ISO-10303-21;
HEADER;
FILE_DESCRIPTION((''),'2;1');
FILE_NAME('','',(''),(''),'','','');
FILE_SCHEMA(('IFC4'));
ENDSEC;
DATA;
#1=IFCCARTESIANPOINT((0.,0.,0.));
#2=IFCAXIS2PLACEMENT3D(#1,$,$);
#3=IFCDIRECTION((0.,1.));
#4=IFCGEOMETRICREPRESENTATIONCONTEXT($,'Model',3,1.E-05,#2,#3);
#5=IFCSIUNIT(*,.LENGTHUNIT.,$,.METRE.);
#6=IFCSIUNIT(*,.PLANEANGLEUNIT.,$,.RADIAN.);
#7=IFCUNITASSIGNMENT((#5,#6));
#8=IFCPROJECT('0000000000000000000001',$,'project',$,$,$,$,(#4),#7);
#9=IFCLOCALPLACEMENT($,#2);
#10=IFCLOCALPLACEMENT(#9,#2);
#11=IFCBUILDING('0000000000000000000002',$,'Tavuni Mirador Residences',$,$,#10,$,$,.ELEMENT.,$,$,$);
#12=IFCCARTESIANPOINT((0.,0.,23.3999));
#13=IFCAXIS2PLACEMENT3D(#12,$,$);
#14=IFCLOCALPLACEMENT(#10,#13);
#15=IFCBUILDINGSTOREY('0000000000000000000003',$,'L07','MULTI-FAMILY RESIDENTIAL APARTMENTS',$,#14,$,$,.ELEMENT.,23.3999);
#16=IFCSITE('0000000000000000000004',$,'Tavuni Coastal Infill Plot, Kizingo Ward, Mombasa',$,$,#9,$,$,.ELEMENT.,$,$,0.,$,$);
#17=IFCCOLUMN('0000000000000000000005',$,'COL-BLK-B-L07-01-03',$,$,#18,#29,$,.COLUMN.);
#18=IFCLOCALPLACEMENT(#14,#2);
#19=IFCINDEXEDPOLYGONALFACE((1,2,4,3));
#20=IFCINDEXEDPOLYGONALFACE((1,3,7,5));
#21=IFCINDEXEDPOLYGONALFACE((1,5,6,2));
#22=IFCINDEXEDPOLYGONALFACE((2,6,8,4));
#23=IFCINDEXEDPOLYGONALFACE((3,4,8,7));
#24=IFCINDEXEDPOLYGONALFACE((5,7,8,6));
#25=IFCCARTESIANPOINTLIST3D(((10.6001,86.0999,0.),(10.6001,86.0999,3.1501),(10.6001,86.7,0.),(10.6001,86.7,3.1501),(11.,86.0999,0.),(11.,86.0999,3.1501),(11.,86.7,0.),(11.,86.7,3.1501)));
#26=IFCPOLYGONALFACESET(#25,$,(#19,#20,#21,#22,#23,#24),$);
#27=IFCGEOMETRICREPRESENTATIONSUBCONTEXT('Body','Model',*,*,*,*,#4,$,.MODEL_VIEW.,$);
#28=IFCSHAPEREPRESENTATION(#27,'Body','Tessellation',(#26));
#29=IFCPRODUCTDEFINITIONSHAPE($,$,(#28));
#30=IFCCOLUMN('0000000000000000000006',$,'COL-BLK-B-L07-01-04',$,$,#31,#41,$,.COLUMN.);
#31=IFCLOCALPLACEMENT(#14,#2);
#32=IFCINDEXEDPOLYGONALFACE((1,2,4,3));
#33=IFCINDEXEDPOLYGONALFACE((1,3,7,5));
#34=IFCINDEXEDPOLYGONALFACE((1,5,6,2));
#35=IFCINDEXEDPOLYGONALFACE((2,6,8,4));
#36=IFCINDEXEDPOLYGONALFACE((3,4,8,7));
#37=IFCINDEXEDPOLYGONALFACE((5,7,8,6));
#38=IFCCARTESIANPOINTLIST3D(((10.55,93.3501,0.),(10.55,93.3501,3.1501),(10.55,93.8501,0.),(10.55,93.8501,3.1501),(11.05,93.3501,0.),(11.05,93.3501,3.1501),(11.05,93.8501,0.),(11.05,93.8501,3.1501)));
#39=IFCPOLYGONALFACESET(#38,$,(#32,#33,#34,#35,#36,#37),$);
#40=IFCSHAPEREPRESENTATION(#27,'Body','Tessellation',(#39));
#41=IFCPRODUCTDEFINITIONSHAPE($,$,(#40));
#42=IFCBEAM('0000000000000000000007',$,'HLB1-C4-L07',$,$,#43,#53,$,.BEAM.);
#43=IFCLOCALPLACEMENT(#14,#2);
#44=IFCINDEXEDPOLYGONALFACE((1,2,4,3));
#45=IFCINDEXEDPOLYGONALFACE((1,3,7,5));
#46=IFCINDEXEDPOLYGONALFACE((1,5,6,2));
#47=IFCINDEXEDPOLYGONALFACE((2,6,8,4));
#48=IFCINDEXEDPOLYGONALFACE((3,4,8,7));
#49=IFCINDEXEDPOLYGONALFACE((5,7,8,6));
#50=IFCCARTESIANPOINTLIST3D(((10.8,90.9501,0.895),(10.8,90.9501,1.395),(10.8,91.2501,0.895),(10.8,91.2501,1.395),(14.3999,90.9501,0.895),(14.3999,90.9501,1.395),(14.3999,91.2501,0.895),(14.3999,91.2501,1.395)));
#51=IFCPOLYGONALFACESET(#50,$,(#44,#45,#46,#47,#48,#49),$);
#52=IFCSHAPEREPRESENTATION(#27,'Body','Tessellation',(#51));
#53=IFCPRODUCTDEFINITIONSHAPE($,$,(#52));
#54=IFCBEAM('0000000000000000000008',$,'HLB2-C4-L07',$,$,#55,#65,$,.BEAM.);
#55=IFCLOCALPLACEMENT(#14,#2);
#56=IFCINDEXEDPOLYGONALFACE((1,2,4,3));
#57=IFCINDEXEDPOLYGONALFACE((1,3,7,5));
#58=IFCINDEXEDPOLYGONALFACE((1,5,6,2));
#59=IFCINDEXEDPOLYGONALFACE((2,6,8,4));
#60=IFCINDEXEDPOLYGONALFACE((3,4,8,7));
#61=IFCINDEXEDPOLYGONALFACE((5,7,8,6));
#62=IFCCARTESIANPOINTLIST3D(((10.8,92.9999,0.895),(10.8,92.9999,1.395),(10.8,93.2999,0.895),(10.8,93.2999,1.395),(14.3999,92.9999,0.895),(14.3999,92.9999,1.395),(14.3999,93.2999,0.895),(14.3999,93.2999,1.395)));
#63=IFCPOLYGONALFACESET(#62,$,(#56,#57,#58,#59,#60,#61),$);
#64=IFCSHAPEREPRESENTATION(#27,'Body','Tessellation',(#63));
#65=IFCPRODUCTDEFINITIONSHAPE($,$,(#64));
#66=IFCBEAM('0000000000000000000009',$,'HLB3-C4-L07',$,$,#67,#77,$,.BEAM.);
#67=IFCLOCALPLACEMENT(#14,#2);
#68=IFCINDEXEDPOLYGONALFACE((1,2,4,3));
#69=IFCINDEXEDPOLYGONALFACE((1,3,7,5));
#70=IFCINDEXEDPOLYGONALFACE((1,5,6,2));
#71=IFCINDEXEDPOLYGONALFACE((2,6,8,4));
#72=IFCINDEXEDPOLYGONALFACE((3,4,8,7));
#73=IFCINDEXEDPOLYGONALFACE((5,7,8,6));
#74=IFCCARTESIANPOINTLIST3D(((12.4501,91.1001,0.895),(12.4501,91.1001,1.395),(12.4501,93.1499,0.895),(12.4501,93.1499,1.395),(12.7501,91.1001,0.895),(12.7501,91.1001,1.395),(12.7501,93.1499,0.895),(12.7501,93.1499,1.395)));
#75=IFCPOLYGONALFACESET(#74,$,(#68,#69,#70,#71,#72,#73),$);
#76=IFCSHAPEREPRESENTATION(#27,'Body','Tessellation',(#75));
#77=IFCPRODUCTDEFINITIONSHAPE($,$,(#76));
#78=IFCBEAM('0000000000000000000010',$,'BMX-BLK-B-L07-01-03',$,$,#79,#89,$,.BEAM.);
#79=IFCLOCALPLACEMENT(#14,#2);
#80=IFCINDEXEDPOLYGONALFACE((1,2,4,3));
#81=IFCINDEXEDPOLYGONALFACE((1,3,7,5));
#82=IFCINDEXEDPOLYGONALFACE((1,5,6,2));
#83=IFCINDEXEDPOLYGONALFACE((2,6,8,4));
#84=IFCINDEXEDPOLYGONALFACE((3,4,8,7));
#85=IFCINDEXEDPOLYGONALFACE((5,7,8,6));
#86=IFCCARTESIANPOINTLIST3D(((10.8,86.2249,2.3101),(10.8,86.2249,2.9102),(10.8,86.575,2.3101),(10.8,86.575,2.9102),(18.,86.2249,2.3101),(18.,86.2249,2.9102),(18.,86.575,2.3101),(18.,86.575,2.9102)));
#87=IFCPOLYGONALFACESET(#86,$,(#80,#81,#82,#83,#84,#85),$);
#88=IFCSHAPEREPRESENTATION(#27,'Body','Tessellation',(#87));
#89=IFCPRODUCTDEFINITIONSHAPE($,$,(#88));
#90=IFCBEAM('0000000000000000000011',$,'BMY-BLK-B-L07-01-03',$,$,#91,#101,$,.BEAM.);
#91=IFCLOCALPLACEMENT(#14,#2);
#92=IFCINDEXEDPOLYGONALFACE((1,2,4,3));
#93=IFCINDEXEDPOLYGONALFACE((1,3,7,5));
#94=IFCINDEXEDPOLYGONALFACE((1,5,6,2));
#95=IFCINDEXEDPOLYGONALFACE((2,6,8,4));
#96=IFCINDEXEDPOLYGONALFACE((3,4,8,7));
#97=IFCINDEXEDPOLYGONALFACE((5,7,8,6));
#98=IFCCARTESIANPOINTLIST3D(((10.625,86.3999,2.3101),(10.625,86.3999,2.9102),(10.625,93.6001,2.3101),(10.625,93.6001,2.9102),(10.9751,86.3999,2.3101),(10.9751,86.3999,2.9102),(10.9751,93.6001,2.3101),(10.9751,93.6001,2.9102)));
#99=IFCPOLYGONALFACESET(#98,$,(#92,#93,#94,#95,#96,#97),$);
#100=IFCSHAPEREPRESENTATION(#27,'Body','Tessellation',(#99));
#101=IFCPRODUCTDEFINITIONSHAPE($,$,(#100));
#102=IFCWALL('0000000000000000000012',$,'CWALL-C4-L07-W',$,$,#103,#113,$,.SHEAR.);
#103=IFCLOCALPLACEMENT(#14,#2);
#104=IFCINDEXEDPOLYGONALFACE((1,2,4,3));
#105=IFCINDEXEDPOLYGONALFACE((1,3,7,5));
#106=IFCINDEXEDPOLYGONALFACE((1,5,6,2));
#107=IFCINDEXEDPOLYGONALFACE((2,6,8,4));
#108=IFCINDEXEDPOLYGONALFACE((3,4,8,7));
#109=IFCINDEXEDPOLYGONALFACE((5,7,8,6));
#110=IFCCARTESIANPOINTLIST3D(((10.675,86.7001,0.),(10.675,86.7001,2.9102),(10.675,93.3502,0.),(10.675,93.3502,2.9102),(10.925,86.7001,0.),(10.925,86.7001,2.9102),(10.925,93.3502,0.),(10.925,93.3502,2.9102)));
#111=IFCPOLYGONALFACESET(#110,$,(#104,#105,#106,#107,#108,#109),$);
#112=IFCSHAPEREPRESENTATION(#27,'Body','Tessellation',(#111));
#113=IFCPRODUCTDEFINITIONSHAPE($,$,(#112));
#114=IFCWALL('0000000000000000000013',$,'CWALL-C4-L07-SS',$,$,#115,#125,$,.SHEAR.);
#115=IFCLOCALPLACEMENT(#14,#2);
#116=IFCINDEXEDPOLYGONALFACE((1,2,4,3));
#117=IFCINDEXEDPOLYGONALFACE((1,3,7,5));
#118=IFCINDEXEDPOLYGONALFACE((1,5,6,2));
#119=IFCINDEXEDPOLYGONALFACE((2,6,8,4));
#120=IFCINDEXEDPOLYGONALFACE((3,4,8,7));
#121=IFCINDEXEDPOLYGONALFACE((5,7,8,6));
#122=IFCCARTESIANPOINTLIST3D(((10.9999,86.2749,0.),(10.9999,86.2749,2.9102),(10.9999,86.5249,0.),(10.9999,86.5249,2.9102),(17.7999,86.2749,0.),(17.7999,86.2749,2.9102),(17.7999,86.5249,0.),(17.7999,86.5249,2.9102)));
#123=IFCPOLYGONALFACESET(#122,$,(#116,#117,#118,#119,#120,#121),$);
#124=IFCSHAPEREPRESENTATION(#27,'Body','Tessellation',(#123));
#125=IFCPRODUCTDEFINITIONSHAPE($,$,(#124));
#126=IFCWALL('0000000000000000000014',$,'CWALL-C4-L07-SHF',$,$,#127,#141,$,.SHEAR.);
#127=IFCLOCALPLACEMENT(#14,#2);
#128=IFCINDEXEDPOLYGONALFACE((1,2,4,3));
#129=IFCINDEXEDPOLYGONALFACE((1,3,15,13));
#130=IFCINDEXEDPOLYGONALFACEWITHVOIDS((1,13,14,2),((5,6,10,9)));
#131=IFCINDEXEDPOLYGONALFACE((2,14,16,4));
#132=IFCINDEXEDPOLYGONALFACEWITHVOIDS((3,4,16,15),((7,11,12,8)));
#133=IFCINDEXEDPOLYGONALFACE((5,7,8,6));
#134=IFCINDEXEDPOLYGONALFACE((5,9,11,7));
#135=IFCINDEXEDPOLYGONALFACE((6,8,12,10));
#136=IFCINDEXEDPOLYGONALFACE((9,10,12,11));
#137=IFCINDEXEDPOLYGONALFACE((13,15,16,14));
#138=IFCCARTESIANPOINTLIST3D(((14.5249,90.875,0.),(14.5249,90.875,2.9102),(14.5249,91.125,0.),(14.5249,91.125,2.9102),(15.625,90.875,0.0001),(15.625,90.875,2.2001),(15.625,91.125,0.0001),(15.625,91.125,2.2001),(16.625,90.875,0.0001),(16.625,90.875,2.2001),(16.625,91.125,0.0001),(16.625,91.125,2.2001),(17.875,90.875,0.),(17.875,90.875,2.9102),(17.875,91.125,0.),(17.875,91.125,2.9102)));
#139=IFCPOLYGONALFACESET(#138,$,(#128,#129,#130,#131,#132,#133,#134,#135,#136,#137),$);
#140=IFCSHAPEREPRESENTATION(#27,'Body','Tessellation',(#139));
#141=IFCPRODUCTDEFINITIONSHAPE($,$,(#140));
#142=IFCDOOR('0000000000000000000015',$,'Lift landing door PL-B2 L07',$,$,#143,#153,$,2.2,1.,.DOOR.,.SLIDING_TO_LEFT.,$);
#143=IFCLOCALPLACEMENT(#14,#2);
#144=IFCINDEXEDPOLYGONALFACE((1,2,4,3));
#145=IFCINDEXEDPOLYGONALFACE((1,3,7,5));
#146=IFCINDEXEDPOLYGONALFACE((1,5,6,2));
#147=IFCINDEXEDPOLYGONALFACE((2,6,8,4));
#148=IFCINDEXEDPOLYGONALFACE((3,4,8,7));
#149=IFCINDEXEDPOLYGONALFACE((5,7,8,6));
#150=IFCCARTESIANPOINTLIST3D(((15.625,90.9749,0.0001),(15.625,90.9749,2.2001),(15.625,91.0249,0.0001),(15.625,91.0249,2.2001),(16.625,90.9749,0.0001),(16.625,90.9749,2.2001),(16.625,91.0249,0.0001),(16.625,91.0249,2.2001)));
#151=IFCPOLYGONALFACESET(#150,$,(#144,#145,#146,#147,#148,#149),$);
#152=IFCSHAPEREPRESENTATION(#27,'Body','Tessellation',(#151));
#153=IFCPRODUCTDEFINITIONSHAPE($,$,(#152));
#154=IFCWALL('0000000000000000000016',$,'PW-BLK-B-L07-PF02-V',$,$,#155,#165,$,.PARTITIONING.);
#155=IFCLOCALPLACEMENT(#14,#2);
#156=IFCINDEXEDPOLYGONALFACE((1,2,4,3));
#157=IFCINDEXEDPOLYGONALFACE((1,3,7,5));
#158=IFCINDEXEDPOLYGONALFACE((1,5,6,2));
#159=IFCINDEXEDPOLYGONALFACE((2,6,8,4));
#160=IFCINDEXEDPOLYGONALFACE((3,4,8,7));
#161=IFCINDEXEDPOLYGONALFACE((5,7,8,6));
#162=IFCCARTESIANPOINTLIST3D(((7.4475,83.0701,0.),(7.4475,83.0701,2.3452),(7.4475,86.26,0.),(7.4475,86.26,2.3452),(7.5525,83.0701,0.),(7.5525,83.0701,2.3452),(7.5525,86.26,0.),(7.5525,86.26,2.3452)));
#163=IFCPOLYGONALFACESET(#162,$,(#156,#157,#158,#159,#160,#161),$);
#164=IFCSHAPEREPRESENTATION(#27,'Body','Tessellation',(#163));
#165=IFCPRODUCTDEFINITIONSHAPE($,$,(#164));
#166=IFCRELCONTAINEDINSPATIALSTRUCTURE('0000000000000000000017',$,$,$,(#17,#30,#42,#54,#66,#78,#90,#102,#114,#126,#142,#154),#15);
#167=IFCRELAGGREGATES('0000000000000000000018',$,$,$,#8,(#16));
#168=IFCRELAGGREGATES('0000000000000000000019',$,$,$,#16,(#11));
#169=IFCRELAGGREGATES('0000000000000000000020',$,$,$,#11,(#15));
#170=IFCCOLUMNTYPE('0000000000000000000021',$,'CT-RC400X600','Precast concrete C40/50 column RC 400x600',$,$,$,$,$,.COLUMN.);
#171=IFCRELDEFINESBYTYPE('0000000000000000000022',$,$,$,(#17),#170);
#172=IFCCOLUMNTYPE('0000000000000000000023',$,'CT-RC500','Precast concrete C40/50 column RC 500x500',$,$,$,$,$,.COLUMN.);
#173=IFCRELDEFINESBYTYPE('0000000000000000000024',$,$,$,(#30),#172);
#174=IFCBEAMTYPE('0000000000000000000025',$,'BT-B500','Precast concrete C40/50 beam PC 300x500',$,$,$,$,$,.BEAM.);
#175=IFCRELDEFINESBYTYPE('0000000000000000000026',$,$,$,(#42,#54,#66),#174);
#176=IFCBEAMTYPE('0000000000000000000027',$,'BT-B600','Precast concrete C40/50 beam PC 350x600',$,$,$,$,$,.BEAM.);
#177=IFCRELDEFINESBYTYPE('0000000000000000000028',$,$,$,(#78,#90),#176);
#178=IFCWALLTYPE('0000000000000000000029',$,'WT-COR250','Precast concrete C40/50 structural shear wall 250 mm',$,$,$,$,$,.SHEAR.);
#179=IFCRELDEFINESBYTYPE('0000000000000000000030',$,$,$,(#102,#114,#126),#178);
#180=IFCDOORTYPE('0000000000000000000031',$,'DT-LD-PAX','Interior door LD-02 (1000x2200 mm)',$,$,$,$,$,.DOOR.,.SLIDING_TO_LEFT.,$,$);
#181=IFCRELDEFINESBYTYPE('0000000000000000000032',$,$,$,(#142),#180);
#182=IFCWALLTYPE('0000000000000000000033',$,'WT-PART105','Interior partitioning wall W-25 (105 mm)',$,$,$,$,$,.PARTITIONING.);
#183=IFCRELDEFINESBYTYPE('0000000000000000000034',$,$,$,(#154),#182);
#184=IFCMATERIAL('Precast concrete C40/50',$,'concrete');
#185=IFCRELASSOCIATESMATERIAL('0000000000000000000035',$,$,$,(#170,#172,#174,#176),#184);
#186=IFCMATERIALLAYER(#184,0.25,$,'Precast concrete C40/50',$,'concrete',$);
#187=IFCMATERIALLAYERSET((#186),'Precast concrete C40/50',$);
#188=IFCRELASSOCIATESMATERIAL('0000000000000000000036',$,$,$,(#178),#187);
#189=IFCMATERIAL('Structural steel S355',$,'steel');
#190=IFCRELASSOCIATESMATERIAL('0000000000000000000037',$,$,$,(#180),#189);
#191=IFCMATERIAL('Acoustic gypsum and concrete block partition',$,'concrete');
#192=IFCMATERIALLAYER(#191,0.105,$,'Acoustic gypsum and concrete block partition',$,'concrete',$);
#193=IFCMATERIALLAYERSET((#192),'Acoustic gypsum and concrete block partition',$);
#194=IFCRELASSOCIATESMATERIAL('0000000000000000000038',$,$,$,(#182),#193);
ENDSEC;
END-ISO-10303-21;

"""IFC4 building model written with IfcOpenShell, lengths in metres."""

from ifc_helpers import new_model, si_unit, direction, frame, frame_2d, origin, origin_2d, place, context, subcontext, project, spatial, rectangle, extrude, material, layer, layer_set, material_profile, profile_set, type_object, element, fill, save


model = new_model("IFC4")

# Units and contexts
model_context = context("Model", 3, precision=1e-05, world=origin(), true_north=direction((0.0, 1.0)))
body_context = subcontext(model_context, "Body", "Model", "MODEL_VIEW")
ifc_project = project(units=[si_unit("LENGTHUNIT", "METRE"), si_unit("PLANEANGLEUNIT", "RADIAN")], contexts=[model_context])

# Site, building, storey
site_placement = place(None, origin())
site = spatial("IfcSite", under=ifc_project, at=site_placement, Name="Tavuni Coastal Infill Plot, Kizingo Ward, Mombasa", CompositionType="ELEMENT", RefElevation=0.0)
building_placement = place(site_placement, origin())
building = spatial("IfcBuilding", under=site, at=building_placement, Name="Tavuni Mirador Residences", CompositionType="ELEMENT")
storey_placement = place(building_placement, frame((0.0, 0.0, 23.3999)))
storey = spatial("IfcBuildingStorey", under=building, at=storey_placement, Name="L07", Description="MULTI-FAMILY RESIDENTIAL APARTMENTS", CompositionType="ELEMENT", Elevation=23.3999)

# Columns
ifc_material_1 = material(Name="Precast concrete C40/50", Category="concrete")
ifc_material_profile_1 = material_profile(ifc_material_1, rectangle(XDim=0.3999, YDim=0.6001, at=origin_2d()), Name="RC 400x600", Category="concrete")
ifc_profile_set_1 = profile_set([ifc_material_profile_1], Name="Precast concrete C40/50")
column_type_1 = type_object("IfcColumnType", Name="CT-RC400X600", Description="Precast concrete C40/50 column RC 400x600", PredefinedType="COLUMN", material=ifc_profile_set_1)
column_1_placement = place(storey_placement, frame((10.8, 86.3999, 0.0), z_axis=(0.0, 0.0, 1.0), x_axis=(1.0, 0.0, 0.0)))
element("IfcColumn", 1, at=column_1_placement, inside=storey, type_object=column_type_1, Name="COL-BLK-B-L07-01-03", PredefinedType="COLUMN", context=body_context, shape_type="SweptSolid", body=[
    extrude(rectangle(XDim=0.3999, YDim=0.6001, at=origin_2d()), origin(), (0.0, 0.0, 1.0), 3.1501),
])
ifc_material_profile_2 = material_profile(ifc_material_1, rectangle(XDim=0.5, YDim=0.5, at=origin_2d()), Name="RC 500x500", Category="concrete")
ifc_profile_set_2 = profile_set([ifc_material_profile_2], Name="Precast concrete C40/50")
column_type_2 = type_object("IfcColumnType", Name="CT-RC500", Description="Precast concrete C40/50 column RC 500x500", PredefinedType="COLUMN", material=ifc_profile_set_2)
column_2_placement = place(storey_placement, frame((10.8, 93.6001, 0.0), z_axis=(0.0, 0.0, 1.0), x_axis=(1.0, 0.0, 0.0)))
element("IfcColumn", 2, at=column_2_placement, inside=storey, type_object=column_type_2, Name="COL-BLK-B-L07-01-04", PredefinedType="COLUMN", context=body_context, shape_type="SweptSolid", body=[
    extrude(rectangle(XDim=0.5, YDim=0.5, at=origin_2d()), origin(), (0.0, 0.0, 1.0), 3.1501),
])

# Beams
ifc_material_profile_3 = material_profile(ifc_material_1, rectangle(XDim=0.3, YDim=0.5, at=origin_2d()), Name="PC 300x500", Category="concrete")
ifc_profile_set_3 = profile_set([ifc_material_profile_3], Name="Precast concrete C40/50")
beam_type_1 = type_object("IfcBeamType", Name="BT-B500", Description="Precast concrete C40/50 beam PC 300x500", PredefinedType="BEAM", material=ifc_profile_set_3)
for number, where, z_axis, x_axis, name in (
    (3, (10.8, 91.1001, 1.145), (1.0, 0.0, 0.0), (0.0, 1.0, 0.0), "HLB1-C4-L07"),
    (4, (10.8, 93.1499, 1.145), (1.0, 0.0, 0.0), (0.0, 1.0, 0.0), "HLB2-C4-L07"),
):
    element("IfcBeam", number, at=place(storey_placement, frame(where, z_axis=z_axis, x_axis=x_axis)), inside=storey, type_object=beam_type_1, Name=name, PredefinedType="BEAM", context=body_context, shape_type="SweptSolid", body=[
        extrude(rectangle(XDim=0.3, YDim=0.5, at=origin_2d()), origin(), (0.0, 0.0, 1.0), 3.5999),
    ])
beam_1_placement = place(storey_placement, frame((12.6001, 91.1001, 1.145), z_axis=(0.0, 1.0, 0.0), x_axis=(-1.0, 0.0, 0.0)))
element("IfcBeam", 5, at=beam_1_placement, inside=storey, type_object=beam_type_1, Name="HLB3-C4-L07", PredefinedType="BEAM", context=body_context, shape_type="SweptSolid", body=[
    extrude(rectangle(XDim=0.3, YDim=0.5, at=origin_2d()), origin(), (0.0, 0.0, 1.0), 2.0498),
])
ifc_material_profile_4 = material_profile(ifc_material_1, rectangle(XDim=0.3501, YDim=0.6001, at=origin_2d()), Name="PC 350x600", Category="concrete")
ifc_profile_set_4 = profile_set([ifc_material_profile_4], Name="Precast concrete C40/50")
beam_type_2 = type_object("IfcBeamType", Name="BT-B600", Description="Precast concrete C40/50 beam PC 350x600", PredefinedType="BEAM", material=ifc_profile_set_4)
beam_2_placement = place(storey_placement, frame((10.8, 86.3999, 2.6101), z_axis=(1.0, 0.0, 0.0), x_axis=(0.0, 1.0, 0.0)))
element("IfcBeam", 6, at=beam_2_placement, inside=storey, type_object=beam_type_2, Name="BMX-BLK-B-L07-01-03", PredefinedType="BEAM", context=body_context, shape_type="SweptSolid", body=[
    extrude(rectangle(XDim=0.3501, YDim=0.6001, at=origin_2d()), origin(), (0.0, 0.0, 1.0), 7.2),
])
beam_3_placement = place(storey_placement, frame((10.8, 86.3999, 2.6101), z_axis=(0.0, 1.0, 0.0), x_axis=(-1.0, 0.0, 0.0)))
element("IfcBeam", 7, at=beam_3_placement, inside=storey, type_object=beam_type_2, Name="BMY-BLK-B-L07-01-03", PredefinedType="BEAM", context=body_context, shape_type="SweptSolid", body=[
    extrude(rectangle(XDim=0.3501, YDim=0.6001, at=origin_2d()), origin(), (0.0, 0.0, 1.0), 7.2002),
])

# Walls
ifc_layer_1 = layer(ifc_material_1, 0.25, Name="Precast concrete C40/50", Category="concrete")
ifc_layer_set_1 = layer_set([ifc_layer_1], Name="Precast concrete C40/50")
wall_type_1 = type_object("IfcWallType", Name="WT-COR250", Description="Precast concrete C40/50 structural shear wall 250 mm", PredefinedType="SHEAR", material=ifc_layer_set_1)
wall_1_placement = place(storey_placement, frame((10.8, 86.7, 0.0), z_axis=(0.0, 0.0, 1.0), x_axis=(0.0, 1.0, 0.0)))
element("IfcWall", 8, at=wall_1_placement, inside=storey, type_object=wall_type_1, Name="CWALL-C4-L07-W", PredefinedType="SHEAR", context=body_context, shape_type="SweptSolid", body=[
    extrude(rectangle(XDim=6.6501, YDim=0.25, at=frame_2d((3.3252, 0.0))), origin(), (0.0, 0.0, 1.0), 2.9102),
])
wall_2_placement = place(storey_placement, frame((11.0, 86.3999, 0.0), z_axis=(0.0, 0.0, 1.0), x_axis=(1.0, 0.0, 0.0)))
element("IfcWall", 9, at=wall_2_placement, inside=storey, type_object=wall_type_1, Name="CWALL-C4-L07-SS", PredefinedType="SHEAR", context=body_context, shape_type="SweptSolid", body=[
    extrude(rectangle(XDim=6.8, YDim=0.25, at=frame_2d((3.3999, 0.0))), origin(), (0.0, 0.0, 1.0), 2.9102),
])

# Wall, opening, door
wall_3_placement = place(storey_placement, frame((14.5249, 91.0, 0.0), z_axis=(0.0, 0.0, 1.0), x_axis=(1.0, 0.0, 0.0)))
wall_3 = element("IfcWall", 10, at=wall_3_placement, inside=storey, type_object=wall_type_1, Name="CWALL-C4-L07-SHF", PredefinedType="SHEAR", context=body_context, shape_type="SweptSolid", body=[
    extrude(rectangle(XDim=3.3501, YDim=0.25, at=frame_2d((1.675, 0.0))), origin(), (0.0, 0.0, 1.0), 2.9102),
])
opening_1_placement = place(wall_3_placement, frame((1.1001, 0.0, 0.0)))
opening_1 = element("IfcOpeningElement", 11, at=opening_1_placement, cuts=wall_3, PredefinedType="OPENING", context=body_context, shape_type="SweptSolid", body=[
    extrude(rectangle(XDim=1.0, YDim=2.2, at=frame_2d((0.5, 1.1001))), frame((0.0, 0.135, 0.0), z_axis=(0.0, -1.0, 0.0), x_axis=(1.0, 0.0, 0.0)), (0.0, 0.0, 1.0), 0.27),
])
ifc_material_2 = material(Name="Structural steel S355", Category="steel")
door_type_1 = type_object("IfcDoorType", Name="DT-LD-PAX", Description="Interior door LD-02 (1000x2200 mm)", OperationType="SLIDING_TO_LEFT", PredefinedType="DOOR", material=ifc_material_2)
door_1_placement = place(opening_1_placement, origin())
door_1 = element("IfcDoor", 12, at=door_1_placement, inside=storey, type_object=door_type_1, Name="Lift landing door PL-B2 L07", OperationType="SLIDING_TO_LEFT", OverallHeight=2.2, OverallWidth=1.0, PredefinedType="DOOR", context=body_context, shape_type="SweptSolid", body=[
    extrude(rectangle(XDim=1.0, YDim=2.2, at=frame_2d((0.5, 1.1001))), frame((0.0, 0.0249, 0.0), z_axis=(0.0, -1.0, 0.0), x_axis=(1.0, 0.0, 0.0)), (0.0, 0.0, 1.0), 0.05),
])
fill(opening_1, door_1)

# Wall
ifc_material_3 = material(Name="Acoustic gypsum and concrete block partition", Category="concrete")
ifc_layer_2 = layer(ifc_material_3, 0.105, Name="Acoustic gypsum and concrete block partition", Category="concrete")
ifc_layer_set_2 = layer_set([ifc_layer_2], Name="Acoustic gypsum and concrete block partition")
wall_type_2 = type_object("IfcWallType", Name="WT-PART105", Description="Interior partitioning wall W-25 (105 mm)", PredefinedType="PARTITIONING", material=ifc_layer_set_2)
wall_4_placement = place(storey_placement, frame((7.5, 83.0701, 0.0), z_axis=(0.0, 0.0, 1.0), x_axis=(0.0, 1.0, 0.0)))
element("IfcWall", 13, at=wall_4_placement, inside=storey, type_object=wall_type_2, Name="PW-BLK-B-L07-PF02-V", PredefinedType="PARTITIONING", context=body_context, shape_type="SweptSolid", body=[
    extrude(rectangle(XDim=3.1899, YDim=0.105, at=frame_2d((1.595, 0.0))), origin(), (0.0, 0.0, 1.0), 2.3452),
])

save(model, "model.ifc")
